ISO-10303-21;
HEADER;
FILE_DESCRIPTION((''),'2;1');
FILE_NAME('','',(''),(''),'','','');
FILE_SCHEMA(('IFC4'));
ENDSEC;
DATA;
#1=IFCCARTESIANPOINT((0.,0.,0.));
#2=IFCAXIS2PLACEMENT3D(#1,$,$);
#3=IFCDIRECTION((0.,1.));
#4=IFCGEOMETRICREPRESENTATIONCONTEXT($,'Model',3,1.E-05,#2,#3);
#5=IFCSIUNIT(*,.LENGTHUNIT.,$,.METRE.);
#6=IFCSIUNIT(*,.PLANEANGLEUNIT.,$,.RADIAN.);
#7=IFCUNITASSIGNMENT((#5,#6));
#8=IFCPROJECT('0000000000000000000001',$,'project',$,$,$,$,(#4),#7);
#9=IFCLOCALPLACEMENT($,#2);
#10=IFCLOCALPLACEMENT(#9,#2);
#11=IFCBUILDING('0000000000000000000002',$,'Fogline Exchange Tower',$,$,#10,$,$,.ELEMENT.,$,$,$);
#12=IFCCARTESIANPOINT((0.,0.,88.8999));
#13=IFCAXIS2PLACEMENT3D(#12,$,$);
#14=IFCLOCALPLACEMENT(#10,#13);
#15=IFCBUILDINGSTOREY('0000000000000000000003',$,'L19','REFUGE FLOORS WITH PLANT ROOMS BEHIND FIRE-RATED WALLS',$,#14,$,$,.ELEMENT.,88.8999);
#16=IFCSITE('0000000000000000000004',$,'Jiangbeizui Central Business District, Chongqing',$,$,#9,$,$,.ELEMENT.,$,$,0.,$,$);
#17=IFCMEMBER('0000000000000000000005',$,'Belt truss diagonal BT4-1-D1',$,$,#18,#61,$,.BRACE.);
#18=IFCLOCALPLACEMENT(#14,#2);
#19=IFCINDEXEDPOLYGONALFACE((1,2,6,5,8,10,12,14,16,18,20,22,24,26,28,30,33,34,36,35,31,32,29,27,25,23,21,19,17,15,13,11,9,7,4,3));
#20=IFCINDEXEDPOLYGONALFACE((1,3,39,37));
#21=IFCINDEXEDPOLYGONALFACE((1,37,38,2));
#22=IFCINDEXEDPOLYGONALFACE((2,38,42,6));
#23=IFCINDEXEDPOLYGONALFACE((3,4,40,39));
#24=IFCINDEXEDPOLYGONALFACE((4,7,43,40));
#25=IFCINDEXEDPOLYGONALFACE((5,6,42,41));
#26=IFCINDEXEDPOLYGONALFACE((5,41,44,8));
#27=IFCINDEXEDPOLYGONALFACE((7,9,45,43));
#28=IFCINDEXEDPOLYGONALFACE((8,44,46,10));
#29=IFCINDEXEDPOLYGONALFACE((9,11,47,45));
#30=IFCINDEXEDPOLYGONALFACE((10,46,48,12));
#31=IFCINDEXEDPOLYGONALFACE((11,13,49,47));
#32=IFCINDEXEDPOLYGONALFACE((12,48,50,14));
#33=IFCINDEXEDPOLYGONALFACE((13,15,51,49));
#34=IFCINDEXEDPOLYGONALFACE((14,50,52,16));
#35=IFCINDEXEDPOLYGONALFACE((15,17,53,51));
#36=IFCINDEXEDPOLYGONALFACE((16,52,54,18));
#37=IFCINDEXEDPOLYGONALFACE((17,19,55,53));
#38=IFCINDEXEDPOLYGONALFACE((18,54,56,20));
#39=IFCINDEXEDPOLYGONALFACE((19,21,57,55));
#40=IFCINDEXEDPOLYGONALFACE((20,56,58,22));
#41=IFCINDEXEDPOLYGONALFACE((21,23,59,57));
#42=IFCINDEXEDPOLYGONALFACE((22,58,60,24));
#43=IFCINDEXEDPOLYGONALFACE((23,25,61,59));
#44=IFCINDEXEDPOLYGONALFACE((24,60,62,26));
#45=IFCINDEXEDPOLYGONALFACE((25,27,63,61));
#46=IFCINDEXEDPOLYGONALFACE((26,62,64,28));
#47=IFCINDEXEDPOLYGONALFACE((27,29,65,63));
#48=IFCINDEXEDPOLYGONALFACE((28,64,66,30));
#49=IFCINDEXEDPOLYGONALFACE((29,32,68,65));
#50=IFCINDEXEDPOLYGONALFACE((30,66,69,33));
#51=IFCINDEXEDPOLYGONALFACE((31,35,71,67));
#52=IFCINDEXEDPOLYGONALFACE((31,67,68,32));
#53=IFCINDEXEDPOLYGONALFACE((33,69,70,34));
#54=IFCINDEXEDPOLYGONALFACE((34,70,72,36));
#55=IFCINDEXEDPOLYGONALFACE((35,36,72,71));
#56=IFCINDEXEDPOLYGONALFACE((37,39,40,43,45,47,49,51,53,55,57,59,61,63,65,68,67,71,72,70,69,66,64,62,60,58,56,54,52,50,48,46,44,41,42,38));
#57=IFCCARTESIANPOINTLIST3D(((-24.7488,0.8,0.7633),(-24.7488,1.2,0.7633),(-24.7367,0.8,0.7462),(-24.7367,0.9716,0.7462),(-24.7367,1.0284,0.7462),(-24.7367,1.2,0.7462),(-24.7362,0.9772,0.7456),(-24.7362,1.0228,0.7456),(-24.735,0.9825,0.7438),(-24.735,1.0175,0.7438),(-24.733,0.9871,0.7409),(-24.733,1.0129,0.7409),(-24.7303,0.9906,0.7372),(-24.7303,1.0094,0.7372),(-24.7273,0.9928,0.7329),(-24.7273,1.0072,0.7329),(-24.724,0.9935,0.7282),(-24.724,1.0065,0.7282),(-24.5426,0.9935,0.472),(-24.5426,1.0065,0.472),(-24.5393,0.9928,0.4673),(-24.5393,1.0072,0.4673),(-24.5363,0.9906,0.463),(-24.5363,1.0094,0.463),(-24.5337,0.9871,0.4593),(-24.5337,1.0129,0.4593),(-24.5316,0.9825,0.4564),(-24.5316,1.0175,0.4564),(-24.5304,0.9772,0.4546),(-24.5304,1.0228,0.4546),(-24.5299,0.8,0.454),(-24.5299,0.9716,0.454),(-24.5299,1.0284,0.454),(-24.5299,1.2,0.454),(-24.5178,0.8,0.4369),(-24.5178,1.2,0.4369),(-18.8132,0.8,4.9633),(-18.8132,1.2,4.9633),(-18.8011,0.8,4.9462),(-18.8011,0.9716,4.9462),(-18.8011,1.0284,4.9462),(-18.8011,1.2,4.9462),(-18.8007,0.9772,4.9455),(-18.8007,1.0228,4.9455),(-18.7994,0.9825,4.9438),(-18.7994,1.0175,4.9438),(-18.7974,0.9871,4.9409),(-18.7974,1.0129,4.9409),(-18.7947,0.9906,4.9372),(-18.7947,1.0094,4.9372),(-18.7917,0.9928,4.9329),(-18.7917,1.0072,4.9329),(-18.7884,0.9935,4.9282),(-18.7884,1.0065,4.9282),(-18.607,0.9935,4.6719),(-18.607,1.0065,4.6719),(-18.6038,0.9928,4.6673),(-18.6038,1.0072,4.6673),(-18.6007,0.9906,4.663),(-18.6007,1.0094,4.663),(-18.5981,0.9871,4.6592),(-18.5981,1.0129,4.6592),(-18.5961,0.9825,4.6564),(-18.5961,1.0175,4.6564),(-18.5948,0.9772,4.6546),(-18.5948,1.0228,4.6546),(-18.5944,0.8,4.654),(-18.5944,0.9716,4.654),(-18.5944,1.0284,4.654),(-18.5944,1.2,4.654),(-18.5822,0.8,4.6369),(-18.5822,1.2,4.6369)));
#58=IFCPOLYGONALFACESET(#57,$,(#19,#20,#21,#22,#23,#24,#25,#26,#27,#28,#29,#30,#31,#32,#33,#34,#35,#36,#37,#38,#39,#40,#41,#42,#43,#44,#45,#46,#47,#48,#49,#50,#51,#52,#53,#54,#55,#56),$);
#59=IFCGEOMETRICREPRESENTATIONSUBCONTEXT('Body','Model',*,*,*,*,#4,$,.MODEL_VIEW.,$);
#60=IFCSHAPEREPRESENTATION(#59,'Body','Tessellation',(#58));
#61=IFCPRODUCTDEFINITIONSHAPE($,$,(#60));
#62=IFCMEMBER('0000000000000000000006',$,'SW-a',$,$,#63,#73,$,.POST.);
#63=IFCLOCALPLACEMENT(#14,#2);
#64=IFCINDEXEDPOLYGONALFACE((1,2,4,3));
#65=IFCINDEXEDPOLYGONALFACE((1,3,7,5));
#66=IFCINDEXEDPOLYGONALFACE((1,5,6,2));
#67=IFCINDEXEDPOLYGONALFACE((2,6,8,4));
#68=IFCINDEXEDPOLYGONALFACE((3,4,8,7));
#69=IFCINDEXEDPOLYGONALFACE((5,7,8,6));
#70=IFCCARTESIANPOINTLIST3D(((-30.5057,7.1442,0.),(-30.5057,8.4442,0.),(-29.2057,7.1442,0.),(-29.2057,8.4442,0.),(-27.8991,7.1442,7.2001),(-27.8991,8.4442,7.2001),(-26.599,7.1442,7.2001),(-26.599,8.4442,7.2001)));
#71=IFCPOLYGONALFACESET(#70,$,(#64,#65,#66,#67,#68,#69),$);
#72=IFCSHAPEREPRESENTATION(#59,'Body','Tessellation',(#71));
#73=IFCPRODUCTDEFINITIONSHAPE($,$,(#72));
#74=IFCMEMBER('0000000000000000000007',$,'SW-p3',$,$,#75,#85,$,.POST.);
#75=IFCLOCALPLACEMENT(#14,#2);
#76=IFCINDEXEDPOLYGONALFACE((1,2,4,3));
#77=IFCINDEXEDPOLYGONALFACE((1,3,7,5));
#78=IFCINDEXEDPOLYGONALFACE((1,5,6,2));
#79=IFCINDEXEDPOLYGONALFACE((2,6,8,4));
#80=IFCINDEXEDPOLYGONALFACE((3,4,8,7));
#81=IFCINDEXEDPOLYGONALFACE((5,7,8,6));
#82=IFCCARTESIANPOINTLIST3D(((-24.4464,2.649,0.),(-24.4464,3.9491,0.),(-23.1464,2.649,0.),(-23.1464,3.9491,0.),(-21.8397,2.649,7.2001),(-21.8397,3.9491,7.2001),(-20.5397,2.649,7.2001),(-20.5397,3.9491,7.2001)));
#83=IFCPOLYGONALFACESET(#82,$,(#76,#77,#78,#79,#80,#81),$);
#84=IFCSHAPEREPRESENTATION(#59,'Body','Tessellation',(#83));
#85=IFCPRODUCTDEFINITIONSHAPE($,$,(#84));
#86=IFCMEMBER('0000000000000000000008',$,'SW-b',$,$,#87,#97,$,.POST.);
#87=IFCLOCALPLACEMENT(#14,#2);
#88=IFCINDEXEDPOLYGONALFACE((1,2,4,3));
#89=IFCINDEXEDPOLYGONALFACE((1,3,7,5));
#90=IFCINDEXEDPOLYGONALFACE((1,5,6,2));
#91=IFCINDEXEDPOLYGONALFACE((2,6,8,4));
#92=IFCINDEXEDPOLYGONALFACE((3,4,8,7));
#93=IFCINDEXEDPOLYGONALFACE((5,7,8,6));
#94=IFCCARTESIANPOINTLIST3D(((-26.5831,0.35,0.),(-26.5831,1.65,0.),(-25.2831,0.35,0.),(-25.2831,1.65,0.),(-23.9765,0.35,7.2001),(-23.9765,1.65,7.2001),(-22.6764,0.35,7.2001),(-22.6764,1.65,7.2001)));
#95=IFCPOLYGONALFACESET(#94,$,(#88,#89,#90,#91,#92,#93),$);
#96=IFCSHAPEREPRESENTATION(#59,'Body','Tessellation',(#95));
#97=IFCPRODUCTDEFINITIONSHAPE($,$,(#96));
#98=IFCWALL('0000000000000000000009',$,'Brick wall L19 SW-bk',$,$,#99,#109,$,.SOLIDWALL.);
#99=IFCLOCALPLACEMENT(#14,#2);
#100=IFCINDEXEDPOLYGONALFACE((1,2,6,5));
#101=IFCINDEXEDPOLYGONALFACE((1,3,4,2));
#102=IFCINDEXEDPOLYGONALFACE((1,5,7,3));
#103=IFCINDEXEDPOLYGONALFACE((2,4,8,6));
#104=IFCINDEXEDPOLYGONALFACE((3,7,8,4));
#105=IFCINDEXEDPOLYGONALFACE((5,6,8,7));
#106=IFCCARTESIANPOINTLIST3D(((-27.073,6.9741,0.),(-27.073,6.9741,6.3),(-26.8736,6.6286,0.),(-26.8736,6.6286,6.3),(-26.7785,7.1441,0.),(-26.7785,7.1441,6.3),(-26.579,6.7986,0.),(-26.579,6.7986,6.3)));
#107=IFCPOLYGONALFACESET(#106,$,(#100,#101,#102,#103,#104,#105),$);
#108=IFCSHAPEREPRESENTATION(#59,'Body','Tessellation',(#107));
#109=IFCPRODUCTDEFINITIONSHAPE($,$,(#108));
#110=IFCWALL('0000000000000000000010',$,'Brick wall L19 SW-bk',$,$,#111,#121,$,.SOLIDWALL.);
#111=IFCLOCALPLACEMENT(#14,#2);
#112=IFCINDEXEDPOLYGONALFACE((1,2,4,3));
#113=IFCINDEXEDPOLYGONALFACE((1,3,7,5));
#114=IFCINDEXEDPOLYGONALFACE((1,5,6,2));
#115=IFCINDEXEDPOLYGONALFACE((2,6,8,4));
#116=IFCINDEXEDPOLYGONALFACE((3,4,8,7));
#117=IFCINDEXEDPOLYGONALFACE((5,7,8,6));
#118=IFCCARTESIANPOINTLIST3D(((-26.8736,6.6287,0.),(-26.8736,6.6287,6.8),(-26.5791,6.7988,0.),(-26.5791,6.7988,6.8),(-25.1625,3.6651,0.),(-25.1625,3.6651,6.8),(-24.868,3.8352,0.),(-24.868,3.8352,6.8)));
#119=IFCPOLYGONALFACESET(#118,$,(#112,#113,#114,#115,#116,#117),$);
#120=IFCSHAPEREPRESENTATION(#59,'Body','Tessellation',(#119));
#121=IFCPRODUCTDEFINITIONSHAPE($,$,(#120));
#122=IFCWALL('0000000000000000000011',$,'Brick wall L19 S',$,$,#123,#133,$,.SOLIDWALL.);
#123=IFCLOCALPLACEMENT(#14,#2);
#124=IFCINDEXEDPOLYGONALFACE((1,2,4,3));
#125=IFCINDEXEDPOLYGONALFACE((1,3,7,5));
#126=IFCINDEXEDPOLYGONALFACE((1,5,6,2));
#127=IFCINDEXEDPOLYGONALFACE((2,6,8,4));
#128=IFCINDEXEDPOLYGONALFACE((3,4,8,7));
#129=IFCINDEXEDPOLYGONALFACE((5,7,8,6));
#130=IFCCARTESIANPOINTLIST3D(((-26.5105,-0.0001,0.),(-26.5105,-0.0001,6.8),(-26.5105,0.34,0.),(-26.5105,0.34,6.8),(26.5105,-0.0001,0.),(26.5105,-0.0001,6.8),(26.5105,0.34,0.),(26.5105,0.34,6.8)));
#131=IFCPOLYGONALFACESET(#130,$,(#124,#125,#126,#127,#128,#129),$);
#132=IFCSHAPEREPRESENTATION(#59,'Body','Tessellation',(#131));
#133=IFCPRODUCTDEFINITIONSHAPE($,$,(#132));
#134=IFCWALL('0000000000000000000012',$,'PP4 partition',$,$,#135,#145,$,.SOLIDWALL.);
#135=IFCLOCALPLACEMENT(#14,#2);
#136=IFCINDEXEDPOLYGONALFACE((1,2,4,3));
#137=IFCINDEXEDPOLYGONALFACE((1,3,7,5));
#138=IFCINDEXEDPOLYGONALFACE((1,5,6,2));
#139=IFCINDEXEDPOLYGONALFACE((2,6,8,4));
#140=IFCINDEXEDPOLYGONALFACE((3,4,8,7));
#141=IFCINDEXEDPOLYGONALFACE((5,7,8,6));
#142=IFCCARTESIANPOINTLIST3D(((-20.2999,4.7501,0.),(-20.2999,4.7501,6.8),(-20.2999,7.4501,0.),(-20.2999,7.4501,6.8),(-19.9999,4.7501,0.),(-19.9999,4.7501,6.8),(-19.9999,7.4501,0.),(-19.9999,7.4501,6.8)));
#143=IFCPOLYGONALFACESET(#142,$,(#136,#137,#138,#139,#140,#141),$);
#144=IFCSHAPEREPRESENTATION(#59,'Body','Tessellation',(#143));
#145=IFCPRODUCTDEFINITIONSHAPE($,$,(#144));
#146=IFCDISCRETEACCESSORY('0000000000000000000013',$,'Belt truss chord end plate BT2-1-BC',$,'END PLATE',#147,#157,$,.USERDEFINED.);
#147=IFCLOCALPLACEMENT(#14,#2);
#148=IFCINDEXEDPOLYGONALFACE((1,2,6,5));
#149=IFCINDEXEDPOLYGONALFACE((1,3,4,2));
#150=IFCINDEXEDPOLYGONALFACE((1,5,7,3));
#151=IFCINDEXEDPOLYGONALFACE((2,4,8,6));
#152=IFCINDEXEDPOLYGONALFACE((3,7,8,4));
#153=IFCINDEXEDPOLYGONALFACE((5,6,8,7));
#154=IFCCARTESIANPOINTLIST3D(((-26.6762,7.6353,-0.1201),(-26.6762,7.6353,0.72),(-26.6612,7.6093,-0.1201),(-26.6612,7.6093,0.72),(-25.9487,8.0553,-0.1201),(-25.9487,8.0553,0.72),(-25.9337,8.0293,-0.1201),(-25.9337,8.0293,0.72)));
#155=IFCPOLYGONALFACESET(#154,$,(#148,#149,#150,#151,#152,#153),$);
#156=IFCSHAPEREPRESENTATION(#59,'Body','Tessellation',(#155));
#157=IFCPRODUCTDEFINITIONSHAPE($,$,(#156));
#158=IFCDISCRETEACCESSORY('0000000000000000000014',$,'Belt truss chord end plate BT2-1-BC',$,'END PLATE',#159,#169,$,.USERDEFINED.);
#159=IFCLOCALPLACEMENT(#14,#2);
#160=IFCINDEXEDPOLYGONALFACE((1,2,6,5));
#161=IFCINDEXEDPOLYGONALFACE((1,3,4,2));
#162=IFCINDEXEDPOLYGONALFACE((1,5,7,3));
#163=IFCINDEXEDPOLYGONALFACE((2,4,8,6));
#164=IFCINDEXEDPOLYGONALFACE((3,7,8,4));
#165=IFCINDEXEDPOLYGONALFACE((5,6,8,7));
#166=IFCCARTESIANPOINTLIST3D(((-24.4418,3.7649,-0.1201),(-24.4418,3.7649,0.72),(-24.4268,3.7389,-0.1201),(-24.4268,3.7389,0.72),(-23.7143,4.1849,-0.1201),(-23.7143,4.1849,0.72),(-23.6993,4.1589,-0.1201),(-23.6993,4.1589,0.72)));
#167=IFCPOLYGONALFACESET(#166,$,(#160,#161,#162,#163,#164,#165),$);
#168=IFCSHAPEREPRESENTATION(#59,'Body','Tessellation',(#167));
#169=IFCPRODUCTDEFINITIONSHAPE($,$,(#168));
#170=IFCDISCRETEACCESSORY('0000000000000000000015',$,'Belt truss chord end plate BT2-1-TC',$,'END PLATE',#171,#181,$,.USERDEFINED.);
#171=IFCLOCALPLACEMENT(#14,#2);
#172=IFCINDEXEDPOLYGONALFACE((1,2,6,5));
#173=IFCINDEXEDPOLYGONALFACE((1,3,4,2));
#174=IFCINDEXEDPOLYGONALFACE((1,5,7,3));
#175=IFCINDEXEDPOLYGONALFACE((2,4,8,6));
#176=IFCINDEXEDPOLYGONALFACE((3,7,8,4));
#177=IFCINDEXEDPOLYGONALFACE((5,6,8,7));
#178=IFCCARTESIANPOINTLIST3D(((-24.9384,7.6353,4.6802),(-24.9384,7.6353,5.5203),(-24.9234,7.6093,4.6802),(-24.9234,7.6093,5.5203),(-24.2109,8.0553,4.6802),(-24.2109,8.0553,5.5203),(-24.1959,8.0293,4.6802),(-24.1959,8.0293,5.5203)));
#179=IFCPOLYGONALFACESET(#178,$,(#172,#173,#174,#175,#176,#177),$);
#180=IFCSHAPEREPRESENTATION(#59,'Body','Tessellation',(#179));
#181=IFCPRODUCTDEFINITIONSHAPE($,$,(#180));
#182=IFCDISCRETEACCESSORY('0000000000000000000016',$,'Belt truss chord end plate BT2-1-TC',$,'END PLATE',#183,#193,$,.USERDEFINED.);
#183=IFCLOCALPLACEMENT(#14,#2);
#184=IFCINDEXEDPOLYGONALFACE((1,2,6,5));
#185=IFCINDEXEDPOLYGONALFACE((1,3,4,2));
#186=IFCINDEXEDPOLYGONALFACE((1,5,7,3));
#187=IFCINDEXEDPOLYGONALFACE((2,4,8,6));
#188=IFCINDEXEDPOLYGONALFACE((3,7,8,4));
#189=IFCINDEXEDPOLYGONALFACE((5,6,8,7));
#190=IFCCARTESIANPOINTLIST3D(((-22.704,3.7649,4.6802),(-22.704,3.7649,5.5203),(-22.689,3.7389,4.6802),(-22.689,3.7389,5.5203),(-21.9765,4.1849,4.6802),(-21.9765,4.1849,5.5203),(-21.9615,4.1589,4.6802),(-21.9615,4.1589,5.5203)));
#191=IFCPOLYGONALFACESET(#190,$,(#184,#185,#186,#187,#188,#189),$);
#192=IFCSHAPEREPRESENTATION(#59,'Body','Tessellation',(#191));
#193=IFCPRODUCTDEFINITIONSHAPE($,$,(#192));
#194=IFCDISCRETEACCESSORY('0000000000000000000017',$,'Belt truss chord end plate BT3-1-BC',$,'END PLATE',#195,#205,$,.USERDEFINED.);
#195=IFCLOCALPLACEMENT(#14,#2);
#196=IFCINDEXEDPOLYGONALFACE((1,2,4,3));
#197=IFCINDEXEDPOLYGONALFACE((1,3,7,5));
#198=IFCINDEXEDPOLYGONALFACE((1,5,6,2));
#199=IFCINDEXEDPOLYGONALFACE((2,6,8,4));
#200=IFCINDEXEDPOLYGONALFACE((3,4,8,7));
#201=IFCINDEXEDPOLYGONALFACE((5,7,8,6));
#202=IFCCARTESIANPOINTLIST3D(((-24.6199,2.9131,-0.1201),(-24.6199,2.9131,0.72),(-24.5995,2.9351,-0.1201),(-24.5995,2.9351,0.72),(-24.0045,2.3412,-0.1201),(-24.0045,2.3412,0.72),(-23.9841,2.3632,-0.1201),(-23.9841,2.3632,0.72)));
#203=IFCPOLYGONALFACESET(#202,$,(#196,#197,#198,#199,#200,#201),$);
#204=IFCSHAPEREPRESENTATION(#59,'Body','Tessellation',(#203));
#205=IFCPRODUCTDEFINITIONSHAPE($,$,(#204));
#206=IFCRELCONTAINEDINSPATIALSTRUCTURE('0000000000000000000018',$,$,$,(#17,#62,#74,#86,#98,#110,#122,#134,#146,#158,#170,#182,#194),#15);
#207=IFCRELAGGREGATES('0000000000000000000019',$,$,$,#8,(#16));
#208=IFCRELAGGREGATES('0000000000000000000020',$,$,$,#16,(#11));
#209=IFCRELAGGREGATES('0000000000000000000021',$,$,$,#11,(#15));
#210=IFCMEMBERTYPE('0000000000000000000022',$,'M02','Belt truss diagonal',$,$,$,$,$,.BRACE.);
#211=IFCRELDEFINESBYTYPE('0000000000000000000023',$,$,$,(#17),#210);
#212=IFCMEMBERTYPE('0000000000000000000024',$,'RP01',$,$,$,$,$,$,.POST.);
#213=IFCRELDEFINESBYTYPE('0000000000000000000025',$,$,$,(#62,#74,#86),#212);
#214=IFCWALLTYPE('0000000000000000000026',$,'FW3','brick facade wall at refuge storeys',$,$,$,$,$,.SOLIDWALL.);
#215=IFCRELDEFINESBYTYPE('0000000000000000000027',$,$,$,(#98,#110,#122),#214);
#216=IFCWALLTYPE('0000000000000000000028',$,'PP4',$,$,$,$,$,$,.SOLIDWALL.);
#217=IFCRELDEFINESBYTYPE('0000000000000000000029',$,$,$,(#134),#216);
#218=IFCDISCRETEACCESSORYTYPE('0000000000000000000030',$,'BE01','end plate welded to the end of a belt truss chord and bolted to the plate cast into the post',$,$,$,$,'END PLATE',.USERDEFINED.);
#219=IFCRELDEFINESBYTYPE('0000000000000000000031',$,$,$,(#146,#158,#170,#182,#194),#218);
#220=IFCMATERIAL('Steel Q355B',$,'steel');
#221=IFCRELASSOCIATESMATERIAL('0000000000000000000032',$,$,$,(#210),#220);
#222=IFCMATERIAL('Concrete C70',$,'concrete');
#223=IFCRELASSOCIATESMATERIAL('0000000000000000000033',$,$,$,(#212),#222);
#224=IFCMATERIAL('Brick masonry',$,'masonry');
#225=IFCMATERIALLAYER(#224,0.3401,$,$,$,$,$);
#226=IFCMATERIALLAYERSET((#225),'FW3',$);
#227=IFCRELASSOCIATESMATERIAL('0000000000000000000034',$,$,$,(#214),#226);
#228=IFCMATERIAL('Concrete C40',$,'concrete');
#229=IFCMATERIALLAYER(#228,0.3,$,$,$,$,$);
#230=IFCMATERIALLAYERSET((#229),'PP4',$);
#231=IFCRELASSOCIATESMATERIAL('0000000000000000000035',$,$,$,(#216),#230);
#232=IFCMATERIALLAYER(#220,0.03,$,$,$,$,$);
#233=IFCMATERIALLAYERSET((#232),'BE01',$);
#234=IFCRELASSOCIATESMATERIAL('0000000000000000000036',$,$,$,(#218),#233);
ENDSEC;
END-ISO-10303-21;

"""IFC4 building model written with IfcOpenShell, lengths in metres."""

from ifc_helpers import new_model, si_unit, direction, frame, frame_2d, origin, origin_2d, place, context, subcontext, project, spatial, rectangle, i_section, extrude, material, layer, layer_set, material_profile, profile_set, type_object, element, save


model = new_model("IFC4")

# Units and contexts
model_context = context("Model", 3, precision=1e-05, world=origin(), true_north=direction((0.0, 1.0)))
body_context = subcontext(model_context, "Body", "Model", "MODEL_VIEW")
ifc_project = project(units=[si_unit("LENGTHUNIT", "METRE"), si_unit("PLANEANGLEUNIT", "RADIAN")], contexts=[model_context])

# Site, building, storey
site_placement = place(None, origin())
site = spatial("IfcSite", under=ifc_project, at=site_placement, Name="Jiangbeizui Central Business District, Chongqing", CompositionType="ELEMENT", RefElevation=0.0)
building_placement = place(site_placement, origin())
building = spatial("IfcBuilding", under=site, at=building_placement, Name="Fogline Exchange Tower", CompositionType="ELEMENT")
storey_placement = place(building_placement, frame((0.0, 0.0, 88.8999)))
storey = spatial("IfcBuildingStorey", under=building, at=storey_placement, Name="L19", Description="REFUGE FLOORS WITH PLANT ROOMS BEHIND FIRE-RATED WALLS", CompositionType="ELEMENT", Elevation=88.8999)

# Shared definitions
ifc_material_1 = material(Name="Concrete C40", Category="concrete")

# Members
ifc_material_2 = material(Name="Steel Q355B", Category="steel")
ifc_material_profile_1 = material_profile(ifc_material_2, i_section(OverallWidth=0.3999, OverallDepth=0.3999, WebThickness=0.0129, FlangeThickness=0.021, FilletRadius=0.022, at=origin_2d()), Name="HW400X400X13X21")
ifc_profile_set_1 = profile_set([ifc_material_profile_1], Name="Steel Q355B")
member_type_1 = type_object("IfcMemberType", Name="M02", Description="Belt truss diagonal", PredefinedType="BRACE", material=ifc_profile_set_1)
member_1_placement = place(storey_placement, frame((-24.6333, 1.0, 0.6001), z_axis=(0.816309, 0.0, 0.577615), x_axis=(0.0, 1.0, 0.0)))
element("IfcMember", 1, at=member_1_placement, inside=storey, type_object=member_type_1, Name="Belt truss diagonal BT4-1-D1", PredefinedType="BRACE", context=body_context, shape_type="SweptSolid", body=[
    extrude(i_section(OverallWidth=0.3999, OverallDepth=0.3999, WebThickness=0.0129, FlangeThickness=0.021, FilletRadius=0.022, at=origin_2d()), origin(), (0.0, 0.0, 1.0), 7.2712),
])
ifc_material_3 = material(Name="Concrete C70", Category="concrete")
ifc_material_profile_2 = material_profile(ifc_material_3, rectangle(XDim=1.3, YDim=1.3, at=origin_2d()), Name="RC 1300x1300")
ifc_profile_set_2 = profile_set([ifc_material_profile_2], Name="Concrete C70")
member_type_2 = type_object("IfcMemberType", Name="RP01", PredefinedType="POST", material=ifc_profile_set_2)
for number, where, z_axis, x_axis, name in (
    (2, (-29.8557, 7.7942, 0.0), (0.0, 0.0, 1.0), (0.0, 1.0, 0.0), "SW-a"),
    (3, (-23.7964, 3.2991, 0.0), (0.0, 0.0, 1.0), (0.0, 1.0, 0.0), "SW-p3"),
    (4, (-25.9331, 1.0, 0.0), (0.0, 0.0, 1.0), (0.0, 1.0, 0.0), "SW-b"),
):
    element("IfcMember", number, at=place(storey_placement, frame(where, z_axis=z_axis, x_axis=x_axis)), inside=storey, type_object=member_type_2, Name=name, PredefinedType="POST", context=body_context, shape_type="SweptSolid", body=[
        extrude(rectangle(XDim=1.3, YDim=1.3, at=origin_2d()), origin(), (0.0, -0.340409, 0.940277), 7.6575),
    ])

# Walls
ifc_material_4 = material(Name="Brick masonry", Category="masonry")
ifc_layer_1 = layer(ifc_material_4, 0.3401)
ifc_layer_set_1 = layer_set([ifc_layer_1], Name="FW3")
wall_type_1 = type_object("IfcWallType", Name="FW3", Description="brick facade wall at refuge storeys", PredefinedType="SOLIDWALL", material=ifc_layer_set_1)
wall_1_placement = place(storey_placement, frame((-26.9258, 7.0591, 0.0), z_axis=(0.0, 0.0, 1.0), x_axis=(0.500023, -0.866012, 0.0)))
element("IfcWall", 5, at=wall_1_placement, inside=storey, type_object=wall_type_1, Name="Brick wall L19 SW-bk", PredefinedType="SOLIDWALL", context=body_context, shape_type="SweptSolid", body=[
    extrude(rectangle(XDim=0.3989, YDim=0.3401, at=frame_2d((0.1995, 0.0))), origin(), (0.0, 0.0, 1.0), 6.3),
])
wall_2_placement = place(storey_placement, frame((-26.7263, 6.7136, 0.0), z_axis=(0.0, 0.0, 1.0), x_axis=(0.500029, -0.866009, 0.0)))
element("IfcWall", 6, at=wall_2_placement, inside=storey, type_object=wall_type_1, Name="Brick wall L19 SW-bk", PredefinedType="SOLIDWALL", context=body_context, shape_type="SweptSolid", body=[
    extrude(rectangle(XDim=3.4221, YDim=0.3401, at=frame_2d((1.7109, 0.0))), origin(), (0.0, 0.0, 1.0), 6.8),
])
wall_3_placement = place(storey_placement, frame((-26.5105, 0.1699, 0.0), z_axis=(0.0, 0.0, 1.0), x_axis=(1.0, 0.0, 0.0)))
element("IfcWall", 7, at=wall_3_placement, inside=storey, type_object=wall_type_1, Name="Brick wall L19 S", PredefinedType="SOLIDWALL", context=body_context, shape_type="SweptSolid", body=[
    extrude(rectangle(XDim=53.021, YDim=0.3401, at=frame_2d((26.5105, 0.0))), origin(), (0.0, 0.0, 1.0), 6.8),
])
ifc_layer_2 = layer(ifc_material_1, 0.3)
ifc_layer_set_2 = layer_set([ifc_layer_2], Name="PP4")
wall_type_2 = type_object("IfcWallType", Name="PP4", PredefinedType="SOLIDWALL", material=ifc_layer_set_2)
wall_4_placement = place(storey_placement, frame((-20.1499, 4.75, 0.0), z_axis=(0.0, 0.0, 1.0), x_axis=(0.0, 1.0, 0.0)))
element("IfcWall", 8, at=wall_4_placement, inside=storey, type_object=wall_type_2, Name="PP4 partition", PredefinedType="SOLIDWALL", context=body_context, shape_type="SweptSolid", body=[
    extrude(rectangle(XDim=2.7, YDim=0.3, at=frame_2d((1.3501, 0.0))), origin(), (0.0, 0.0, 1.0), 6.8),
])

# Discrete accessories
ifc_layer_3 = layer(ifc_material_2, 0.03)
ifc_layer_set_3 = layer_set([ifc_layer_3], Name="BE01")
discrete_accessory_type = type_object("IfcDiscreteAccessoryType", Name="BE01", Description="end plate welded to the end of a belt truss chord and bolted to the plate cast into the post", ElementType="END PLATE", PredefinedType="USERDEFINED", material=ifc_layer_set_3)
for number, where, z_axis, x_axis, name in (
    (9, (-26.3049, 7.8323, -0.1201), (0.0, 0.0, 1.0), (-0.5, 0.866025, 0.0), "Belt truss chord end plate BT2-1-BC"),
    (10, (-24.0706, 3.9619, -0.1201), (0.0, 0.0, 1.0), (0.5, -0.866025, 0.0), "Belt truss chord end plate BT2-1-BC"),
    (11, (-24.5671, 7.8323, 4.6802), (0.0, 0.0, 1.0), (-0.5, 0.866025, 0.0), "Belt truss chord end plate BT2-1-TC"),
    (12, (-22.3328, 3.9619, 4.6802), (0.0, 0.0, 1.0), (0.5, -0.866025, 0.0), "Belt truss chord end plate BT2-1-TC"),
    (13, (-24.302, 2.6382, -0.1201), (0.0, 0.0, 1.0), (0.680781, 0.732487, 0.0), "Belt truss chord end plate BT3-1-BC"),
):
    element("IfcDiscreteAccessory", number, at=place(storey_placement, frame(where, z_axis=z_axis, x_axis=x_axis)), inside=storey, type_object=discrete_accessory_type, Name=name, ObjectType="END PLATE", PredefinedType="USERDEFINED", context=body_context, shape_type="SweptSolid", body=[
        extrude(rectangle(XDim=0.03, YDim=0.8401, at=origin_2d()), origin(), (0.0, 0.0, 1.0), 0.8401),
    ])

save(model, "model.ifc")
